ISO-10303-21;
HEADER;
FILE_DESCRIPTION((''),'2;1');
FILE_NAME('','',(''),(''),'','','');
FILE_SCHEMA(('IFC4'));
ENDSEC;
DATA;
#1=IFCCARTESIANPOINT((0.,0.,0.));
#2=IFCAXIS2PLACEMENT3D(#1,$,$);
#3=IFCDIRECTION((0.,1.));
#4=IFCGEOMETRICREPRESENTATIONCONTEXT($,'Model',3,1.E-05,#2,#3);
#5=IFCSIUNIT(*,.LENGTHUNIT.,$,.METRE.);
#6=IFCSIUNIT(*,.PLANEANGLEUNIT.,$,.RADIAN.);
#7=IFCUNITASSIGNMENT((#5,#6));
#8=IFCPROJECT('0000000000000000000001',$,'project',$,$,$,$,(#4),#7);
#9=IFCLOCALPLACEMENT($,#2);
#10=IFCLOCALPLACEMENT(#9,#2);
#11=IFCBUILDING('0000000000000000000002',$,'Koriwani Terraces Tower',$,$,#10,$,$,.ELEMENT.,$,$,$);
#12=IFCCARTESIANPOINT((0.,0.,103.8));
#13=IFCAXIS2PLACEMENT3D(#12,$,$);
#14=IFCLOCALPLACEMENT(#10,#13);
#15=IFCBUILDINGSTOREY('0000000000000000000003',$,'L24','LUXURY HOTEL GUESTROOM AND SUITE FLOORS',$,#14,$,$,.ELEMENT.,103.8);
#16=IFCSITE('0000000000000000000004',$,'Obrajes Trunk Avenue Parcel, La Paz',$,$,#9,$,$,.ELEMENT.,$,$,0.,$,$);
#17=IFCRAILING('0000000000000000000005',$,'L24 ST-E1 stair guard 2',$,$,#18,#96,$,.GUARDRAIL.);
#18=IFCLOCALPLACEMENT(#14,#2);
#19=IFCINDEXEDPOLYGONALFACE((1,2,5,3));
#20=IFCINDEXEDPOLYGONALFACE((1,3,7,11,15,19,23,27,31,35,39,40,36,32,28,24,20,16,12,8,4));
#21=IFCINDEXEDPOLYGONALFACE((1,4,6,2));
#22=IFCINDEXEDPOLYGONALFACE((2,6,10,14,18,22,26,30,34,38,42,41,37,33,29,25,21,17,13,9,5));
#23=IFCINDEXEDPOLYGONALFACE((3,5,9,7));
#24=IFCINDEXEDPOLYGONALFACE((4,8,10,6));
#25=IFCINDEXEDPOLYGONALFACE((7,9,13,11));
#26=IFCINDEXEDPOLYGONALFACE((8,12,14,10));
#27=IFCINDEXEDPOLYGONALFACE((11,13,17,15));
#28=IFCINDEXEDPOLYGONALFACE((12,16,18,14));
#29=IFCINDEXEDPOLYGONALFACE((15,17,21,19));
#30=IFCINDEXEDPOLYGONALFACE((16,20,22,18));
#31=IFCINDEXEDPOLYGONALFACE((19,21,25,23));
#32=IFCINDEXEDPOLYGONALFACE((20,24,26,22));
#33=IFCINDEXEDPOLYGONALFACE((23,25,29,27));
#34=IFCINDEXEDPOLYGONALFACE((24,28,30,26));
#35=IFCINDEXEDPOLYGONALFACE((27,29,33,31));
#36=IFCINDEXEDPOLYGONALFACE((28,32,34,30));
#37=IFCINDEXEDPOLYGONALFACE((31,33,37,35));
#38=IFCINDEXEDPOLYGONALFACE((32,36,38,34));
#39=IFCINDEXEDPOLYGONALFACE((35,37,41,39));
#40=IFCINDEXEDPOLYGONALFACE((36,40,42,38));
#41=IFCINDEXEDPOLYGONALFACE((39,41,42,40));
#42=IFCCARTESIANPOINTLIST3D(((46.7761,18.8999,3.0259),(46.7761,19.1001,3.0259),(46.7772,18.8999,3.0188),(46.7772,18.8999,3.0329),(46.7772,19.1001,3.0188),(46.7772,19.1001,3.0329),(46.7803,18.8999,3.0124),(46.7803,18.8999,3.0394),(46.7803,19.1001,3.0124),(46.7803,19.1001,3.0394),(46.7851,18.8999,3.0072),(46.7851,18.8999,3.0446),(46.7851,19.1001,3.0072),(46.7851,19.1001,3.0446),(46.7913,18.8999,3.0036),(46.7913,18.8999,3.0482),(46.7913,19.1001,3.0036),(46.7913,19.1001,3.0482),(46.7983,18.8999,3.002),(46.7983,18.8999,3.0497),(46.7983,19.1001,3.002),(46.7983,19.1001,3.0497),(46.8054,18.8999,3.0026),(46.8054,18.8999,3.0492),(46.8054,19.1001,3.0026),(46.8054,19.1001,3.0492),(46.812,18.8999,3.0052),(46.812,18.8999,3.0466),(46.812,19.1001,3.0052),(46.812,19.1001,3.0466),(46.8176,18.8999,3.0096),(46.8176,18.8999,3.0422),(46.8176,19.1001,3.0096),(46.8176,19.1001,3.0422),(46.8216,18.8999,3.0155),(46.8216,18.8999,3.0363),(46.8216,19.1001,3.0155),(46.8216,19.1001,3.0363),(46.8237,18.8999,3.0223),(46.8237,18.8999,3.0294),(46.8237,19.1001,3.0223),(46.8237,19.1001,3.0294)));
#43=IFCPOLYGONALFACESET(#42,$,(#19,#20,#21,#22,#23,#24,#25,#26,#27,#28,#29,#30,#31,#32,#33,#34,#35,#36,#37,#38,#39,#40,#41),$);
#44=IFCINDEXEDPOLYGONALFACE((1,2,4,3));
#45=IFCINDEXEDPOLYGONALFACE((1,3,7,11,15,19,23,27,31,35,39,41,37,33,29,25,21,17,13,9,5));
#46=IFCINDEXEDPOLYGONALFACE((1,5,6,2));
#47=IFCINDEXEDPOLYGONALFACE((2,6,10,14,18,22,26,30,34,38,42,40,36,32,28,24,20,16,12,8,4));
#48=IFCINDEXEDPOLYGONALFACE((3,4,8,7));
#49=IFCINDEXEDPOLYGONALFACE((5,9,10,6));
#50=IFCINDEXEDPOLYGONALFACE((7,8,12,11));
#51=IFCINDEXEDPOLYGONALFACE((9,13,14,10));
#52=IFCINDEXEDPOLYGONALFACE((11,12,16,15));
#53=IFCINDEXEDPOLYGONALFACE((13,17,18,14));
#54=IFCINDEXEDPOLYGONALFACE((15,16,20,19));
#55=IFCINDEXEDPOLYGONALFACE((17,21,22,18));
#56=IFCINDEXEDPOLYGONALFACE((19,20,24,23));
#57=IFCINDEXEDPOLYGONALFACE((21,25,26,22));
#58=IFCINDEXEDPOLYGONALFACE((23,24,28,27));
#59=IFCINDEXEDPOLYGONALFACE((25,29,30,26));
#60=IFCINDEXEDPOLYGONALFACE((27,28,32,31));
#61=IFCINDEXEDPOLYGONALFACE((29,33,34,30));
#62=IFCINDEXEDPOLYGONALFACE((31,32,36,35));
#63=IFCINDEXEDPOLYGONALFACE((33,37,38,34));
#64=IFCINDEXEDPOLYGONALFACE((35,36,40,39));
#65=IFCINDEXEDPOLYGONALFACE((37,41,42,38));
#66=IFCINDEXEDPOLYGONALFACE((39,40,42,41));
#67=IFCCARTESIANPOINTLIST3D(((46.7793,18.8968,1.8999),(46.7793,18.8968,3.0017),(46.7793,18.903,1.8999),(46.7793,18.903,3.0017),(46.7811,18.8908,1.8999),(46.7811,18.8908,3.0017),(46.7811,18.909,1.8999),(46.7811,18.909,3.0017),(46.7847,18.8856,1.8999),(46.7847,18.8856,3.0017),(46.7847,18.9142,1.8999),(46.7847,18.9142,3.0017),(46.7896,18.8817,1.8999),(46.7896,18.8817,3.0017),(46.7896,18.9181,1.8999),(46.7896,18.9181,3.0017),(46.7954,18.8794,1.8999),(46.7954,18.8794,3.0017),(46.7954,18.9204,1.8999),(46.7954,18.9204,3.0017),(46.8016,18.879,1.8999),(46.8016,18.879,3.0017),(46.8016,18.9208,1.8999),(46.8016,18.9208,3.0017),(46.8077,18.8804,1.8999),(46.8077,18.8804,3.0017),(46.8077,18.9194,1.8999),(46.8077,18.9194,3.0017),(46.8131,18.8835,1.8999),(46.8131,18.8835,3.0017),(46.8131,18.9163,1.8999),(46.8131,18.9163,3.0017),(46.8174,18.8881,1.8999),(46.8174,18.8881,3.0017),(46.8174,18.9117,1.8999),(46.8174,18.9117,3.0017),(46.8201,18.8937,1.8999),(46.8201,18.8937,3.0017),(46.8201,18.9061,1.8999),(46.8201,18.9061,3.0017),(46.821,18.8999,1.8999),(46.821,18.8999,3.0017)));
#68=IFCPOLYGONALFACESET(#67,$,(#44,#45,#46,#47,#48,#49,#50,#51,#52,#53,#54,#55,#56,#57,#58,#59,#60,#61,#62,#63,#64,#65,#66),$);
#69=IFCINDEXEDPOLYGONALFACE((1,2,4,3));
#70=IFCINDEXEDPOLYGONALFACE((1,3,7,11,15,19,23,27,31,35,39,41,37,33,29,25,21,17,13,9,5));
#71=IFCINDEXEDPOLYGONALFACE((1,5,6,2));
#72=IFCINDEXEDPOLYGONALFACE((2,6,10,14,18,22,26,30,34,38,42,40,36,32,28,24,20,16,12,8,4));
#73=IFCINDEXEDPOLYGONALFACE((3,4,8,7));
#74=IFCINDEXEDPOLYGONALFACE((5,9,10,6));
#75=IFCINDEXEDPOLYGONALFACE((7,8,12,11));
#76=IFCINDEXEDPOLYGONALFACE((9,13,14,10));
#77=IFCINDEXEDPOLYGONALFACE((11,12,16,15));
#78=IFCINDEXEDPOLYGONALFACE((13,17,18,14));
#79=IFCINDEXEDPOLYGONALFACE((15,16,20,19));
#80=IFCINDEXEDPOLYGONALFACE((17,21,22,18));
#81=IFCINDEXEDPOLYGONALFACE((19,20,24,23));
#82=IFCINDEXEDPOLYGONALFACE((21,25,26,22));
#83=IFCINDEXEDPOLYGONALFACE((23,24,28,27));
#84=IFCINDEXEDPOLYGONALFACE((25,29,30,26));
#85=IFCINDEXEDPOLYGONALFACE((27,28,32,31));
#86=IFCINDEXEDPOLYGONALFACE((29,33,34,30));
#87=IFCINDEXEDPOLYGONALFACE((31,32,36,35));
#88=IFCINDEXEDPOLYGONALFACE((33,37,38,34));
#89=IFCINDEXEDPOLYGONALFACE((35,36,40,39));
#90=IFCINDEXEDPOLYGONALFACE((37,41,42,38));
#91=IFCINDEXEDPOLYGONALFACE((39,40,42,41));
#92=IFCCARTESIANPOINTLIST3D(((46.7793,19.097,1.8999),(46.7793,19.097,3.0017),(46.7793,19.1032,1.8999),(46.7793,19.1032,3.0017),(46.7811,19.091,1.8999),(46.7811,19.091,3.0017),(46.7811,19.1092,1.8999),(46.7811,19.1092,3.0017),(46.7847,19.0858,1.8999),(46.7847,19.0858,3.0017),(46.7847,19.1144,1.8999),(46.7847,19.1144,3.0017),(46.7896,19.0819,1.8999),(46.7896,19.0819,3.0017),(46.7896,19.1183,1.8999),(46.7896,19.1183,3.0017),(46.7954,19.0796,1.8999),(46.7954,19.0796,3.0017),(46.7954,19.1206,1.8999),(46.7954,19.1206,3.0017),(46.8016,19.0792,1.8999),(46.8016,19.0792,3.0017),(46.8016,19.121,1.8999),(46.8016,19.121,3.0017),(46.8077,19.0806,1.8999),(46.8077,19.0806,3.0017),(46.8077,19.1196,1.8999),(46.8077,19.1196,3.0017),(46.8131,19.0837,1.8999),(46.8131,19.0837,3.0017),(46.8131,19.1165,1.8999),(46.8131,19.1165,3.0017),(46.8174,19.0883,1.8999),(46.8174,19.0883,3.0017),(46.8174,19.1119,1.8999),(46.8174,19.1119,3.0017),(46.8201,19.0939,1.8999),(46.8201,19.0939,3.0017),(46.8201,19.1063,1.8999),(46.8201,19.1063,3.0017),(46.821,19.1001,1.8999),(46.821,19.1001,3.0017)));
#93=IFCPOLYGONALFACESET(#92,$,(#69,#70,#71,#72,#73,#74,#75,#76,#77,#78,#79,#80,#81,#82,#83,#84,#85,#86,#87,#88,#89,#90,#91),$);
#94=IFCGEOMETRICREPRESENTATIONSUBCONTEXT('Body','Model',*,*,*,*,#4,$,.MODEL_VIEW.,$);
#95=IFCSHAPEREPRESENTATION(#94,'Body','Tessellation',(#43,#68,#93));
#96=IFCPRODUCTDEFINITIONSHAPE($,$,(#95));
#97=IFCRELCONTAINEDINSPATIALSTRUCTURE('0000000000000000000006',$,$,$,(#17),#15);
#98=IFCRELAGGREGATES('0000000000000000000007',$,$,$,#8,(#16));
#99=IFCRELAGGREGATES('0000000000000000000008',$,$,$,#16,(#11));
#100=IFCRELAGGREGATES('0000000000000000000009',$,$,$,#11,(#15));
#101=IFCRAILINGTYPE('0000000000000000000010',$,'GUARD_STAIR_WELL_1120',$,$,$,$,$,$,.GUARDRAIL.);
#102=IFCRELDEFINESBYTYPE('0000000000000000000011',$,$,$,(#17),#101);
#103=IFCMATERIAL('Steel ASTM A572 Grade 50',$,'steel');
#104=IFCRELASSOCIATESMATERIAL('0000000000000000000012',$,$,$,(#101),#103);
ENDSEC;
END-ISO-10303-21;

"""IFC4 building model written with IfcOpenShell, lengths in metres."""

from ifc_helpers import new_model, si_unit, direction, frame, origin, origin_2d, place, context, subcontext, project, spatial, circle, extrude, material, type_object, element, save


model = new_model("IFC4")

# Units and contexts
model_context = context("Model", 3, precision=1e-05, world=origin(), true_north=direction((0.0, 1.0)))
body_context = subcontext(model_context, "Body", "Model", "MODEL_VIEW")
ifc_project = project(units=[si_unit("LENGTHUNIT", "METRE"), si_unit("PLANEANGLEUNIT", "RADIAN")], contexts=[model_context])

# Site, building, storey
site_placement = place(None, origin())
site = spatial("IfcSite", under=ifc_project, at=site_placement, Name="Obrajes Trunk Avenue Parcel, La Paz", CompositionType="ELEMENT", RefElevation=0.0)
building_placement = place(site_placement, origin())
building = spatial("IfcBuilding", under=site, at=building_placement, Name="Koriwani Terraces Tower", CompositionType="ELEMENT")
storey_placement = place(building_placement, frame((0.0, 0.0, 103.8)))
storey = spatial("IfcBuildingStorey", under=building, at=storey_placement, Name="L24", Description="LUXURY HOTEL GUESTROOM AND SUITE FLOORS", CompositionType="ELEMENT", Elevation=103.8)

# Shared definitions
ifc_material_1 = material(Name="Steel ASTM A572 Grade 50", Category="steel")

# Railing
railing_type_1 = type_object("IfcRailingType", Name="GUARD_STAIR_WELL_1120", PredefinedType="GUARDRAIL", material=ifc_material_1)
railing_1_placement = place(storey_placement, frame((46.8, 18.8999, 1.8999)))
element("IfcRailing", 1, at=railing_1_placement, inside=storey, type_object=railing_type_1, Name="L24 ST-E1 stair guard 2", PredefinedType="GUARDRAIL", context=body_context, shape_type="SweptSolid", body=[
    extrude(circle(Radius=0.0239, at=origin_2d()), frame((0.0, 0.0, 1.126), z_axis=(0.0, 1.0, 0.0), x_axis=(-1.0, 0.0, 0.0)), (0.0, 0.0, 1.0), 0.2002),
    extrude(circle(Radius=0.021, at=origin_2d()), origin(), (0.0, 0.0, 1.0), 1.1018),
    extrude(circle(Radius=0.021, at=origin_2d()), frame((0.0, 0.2002, 0.0)), (0.0, 0.0, 1.0), 1.1018),
])

save(model, "model.ifc")
